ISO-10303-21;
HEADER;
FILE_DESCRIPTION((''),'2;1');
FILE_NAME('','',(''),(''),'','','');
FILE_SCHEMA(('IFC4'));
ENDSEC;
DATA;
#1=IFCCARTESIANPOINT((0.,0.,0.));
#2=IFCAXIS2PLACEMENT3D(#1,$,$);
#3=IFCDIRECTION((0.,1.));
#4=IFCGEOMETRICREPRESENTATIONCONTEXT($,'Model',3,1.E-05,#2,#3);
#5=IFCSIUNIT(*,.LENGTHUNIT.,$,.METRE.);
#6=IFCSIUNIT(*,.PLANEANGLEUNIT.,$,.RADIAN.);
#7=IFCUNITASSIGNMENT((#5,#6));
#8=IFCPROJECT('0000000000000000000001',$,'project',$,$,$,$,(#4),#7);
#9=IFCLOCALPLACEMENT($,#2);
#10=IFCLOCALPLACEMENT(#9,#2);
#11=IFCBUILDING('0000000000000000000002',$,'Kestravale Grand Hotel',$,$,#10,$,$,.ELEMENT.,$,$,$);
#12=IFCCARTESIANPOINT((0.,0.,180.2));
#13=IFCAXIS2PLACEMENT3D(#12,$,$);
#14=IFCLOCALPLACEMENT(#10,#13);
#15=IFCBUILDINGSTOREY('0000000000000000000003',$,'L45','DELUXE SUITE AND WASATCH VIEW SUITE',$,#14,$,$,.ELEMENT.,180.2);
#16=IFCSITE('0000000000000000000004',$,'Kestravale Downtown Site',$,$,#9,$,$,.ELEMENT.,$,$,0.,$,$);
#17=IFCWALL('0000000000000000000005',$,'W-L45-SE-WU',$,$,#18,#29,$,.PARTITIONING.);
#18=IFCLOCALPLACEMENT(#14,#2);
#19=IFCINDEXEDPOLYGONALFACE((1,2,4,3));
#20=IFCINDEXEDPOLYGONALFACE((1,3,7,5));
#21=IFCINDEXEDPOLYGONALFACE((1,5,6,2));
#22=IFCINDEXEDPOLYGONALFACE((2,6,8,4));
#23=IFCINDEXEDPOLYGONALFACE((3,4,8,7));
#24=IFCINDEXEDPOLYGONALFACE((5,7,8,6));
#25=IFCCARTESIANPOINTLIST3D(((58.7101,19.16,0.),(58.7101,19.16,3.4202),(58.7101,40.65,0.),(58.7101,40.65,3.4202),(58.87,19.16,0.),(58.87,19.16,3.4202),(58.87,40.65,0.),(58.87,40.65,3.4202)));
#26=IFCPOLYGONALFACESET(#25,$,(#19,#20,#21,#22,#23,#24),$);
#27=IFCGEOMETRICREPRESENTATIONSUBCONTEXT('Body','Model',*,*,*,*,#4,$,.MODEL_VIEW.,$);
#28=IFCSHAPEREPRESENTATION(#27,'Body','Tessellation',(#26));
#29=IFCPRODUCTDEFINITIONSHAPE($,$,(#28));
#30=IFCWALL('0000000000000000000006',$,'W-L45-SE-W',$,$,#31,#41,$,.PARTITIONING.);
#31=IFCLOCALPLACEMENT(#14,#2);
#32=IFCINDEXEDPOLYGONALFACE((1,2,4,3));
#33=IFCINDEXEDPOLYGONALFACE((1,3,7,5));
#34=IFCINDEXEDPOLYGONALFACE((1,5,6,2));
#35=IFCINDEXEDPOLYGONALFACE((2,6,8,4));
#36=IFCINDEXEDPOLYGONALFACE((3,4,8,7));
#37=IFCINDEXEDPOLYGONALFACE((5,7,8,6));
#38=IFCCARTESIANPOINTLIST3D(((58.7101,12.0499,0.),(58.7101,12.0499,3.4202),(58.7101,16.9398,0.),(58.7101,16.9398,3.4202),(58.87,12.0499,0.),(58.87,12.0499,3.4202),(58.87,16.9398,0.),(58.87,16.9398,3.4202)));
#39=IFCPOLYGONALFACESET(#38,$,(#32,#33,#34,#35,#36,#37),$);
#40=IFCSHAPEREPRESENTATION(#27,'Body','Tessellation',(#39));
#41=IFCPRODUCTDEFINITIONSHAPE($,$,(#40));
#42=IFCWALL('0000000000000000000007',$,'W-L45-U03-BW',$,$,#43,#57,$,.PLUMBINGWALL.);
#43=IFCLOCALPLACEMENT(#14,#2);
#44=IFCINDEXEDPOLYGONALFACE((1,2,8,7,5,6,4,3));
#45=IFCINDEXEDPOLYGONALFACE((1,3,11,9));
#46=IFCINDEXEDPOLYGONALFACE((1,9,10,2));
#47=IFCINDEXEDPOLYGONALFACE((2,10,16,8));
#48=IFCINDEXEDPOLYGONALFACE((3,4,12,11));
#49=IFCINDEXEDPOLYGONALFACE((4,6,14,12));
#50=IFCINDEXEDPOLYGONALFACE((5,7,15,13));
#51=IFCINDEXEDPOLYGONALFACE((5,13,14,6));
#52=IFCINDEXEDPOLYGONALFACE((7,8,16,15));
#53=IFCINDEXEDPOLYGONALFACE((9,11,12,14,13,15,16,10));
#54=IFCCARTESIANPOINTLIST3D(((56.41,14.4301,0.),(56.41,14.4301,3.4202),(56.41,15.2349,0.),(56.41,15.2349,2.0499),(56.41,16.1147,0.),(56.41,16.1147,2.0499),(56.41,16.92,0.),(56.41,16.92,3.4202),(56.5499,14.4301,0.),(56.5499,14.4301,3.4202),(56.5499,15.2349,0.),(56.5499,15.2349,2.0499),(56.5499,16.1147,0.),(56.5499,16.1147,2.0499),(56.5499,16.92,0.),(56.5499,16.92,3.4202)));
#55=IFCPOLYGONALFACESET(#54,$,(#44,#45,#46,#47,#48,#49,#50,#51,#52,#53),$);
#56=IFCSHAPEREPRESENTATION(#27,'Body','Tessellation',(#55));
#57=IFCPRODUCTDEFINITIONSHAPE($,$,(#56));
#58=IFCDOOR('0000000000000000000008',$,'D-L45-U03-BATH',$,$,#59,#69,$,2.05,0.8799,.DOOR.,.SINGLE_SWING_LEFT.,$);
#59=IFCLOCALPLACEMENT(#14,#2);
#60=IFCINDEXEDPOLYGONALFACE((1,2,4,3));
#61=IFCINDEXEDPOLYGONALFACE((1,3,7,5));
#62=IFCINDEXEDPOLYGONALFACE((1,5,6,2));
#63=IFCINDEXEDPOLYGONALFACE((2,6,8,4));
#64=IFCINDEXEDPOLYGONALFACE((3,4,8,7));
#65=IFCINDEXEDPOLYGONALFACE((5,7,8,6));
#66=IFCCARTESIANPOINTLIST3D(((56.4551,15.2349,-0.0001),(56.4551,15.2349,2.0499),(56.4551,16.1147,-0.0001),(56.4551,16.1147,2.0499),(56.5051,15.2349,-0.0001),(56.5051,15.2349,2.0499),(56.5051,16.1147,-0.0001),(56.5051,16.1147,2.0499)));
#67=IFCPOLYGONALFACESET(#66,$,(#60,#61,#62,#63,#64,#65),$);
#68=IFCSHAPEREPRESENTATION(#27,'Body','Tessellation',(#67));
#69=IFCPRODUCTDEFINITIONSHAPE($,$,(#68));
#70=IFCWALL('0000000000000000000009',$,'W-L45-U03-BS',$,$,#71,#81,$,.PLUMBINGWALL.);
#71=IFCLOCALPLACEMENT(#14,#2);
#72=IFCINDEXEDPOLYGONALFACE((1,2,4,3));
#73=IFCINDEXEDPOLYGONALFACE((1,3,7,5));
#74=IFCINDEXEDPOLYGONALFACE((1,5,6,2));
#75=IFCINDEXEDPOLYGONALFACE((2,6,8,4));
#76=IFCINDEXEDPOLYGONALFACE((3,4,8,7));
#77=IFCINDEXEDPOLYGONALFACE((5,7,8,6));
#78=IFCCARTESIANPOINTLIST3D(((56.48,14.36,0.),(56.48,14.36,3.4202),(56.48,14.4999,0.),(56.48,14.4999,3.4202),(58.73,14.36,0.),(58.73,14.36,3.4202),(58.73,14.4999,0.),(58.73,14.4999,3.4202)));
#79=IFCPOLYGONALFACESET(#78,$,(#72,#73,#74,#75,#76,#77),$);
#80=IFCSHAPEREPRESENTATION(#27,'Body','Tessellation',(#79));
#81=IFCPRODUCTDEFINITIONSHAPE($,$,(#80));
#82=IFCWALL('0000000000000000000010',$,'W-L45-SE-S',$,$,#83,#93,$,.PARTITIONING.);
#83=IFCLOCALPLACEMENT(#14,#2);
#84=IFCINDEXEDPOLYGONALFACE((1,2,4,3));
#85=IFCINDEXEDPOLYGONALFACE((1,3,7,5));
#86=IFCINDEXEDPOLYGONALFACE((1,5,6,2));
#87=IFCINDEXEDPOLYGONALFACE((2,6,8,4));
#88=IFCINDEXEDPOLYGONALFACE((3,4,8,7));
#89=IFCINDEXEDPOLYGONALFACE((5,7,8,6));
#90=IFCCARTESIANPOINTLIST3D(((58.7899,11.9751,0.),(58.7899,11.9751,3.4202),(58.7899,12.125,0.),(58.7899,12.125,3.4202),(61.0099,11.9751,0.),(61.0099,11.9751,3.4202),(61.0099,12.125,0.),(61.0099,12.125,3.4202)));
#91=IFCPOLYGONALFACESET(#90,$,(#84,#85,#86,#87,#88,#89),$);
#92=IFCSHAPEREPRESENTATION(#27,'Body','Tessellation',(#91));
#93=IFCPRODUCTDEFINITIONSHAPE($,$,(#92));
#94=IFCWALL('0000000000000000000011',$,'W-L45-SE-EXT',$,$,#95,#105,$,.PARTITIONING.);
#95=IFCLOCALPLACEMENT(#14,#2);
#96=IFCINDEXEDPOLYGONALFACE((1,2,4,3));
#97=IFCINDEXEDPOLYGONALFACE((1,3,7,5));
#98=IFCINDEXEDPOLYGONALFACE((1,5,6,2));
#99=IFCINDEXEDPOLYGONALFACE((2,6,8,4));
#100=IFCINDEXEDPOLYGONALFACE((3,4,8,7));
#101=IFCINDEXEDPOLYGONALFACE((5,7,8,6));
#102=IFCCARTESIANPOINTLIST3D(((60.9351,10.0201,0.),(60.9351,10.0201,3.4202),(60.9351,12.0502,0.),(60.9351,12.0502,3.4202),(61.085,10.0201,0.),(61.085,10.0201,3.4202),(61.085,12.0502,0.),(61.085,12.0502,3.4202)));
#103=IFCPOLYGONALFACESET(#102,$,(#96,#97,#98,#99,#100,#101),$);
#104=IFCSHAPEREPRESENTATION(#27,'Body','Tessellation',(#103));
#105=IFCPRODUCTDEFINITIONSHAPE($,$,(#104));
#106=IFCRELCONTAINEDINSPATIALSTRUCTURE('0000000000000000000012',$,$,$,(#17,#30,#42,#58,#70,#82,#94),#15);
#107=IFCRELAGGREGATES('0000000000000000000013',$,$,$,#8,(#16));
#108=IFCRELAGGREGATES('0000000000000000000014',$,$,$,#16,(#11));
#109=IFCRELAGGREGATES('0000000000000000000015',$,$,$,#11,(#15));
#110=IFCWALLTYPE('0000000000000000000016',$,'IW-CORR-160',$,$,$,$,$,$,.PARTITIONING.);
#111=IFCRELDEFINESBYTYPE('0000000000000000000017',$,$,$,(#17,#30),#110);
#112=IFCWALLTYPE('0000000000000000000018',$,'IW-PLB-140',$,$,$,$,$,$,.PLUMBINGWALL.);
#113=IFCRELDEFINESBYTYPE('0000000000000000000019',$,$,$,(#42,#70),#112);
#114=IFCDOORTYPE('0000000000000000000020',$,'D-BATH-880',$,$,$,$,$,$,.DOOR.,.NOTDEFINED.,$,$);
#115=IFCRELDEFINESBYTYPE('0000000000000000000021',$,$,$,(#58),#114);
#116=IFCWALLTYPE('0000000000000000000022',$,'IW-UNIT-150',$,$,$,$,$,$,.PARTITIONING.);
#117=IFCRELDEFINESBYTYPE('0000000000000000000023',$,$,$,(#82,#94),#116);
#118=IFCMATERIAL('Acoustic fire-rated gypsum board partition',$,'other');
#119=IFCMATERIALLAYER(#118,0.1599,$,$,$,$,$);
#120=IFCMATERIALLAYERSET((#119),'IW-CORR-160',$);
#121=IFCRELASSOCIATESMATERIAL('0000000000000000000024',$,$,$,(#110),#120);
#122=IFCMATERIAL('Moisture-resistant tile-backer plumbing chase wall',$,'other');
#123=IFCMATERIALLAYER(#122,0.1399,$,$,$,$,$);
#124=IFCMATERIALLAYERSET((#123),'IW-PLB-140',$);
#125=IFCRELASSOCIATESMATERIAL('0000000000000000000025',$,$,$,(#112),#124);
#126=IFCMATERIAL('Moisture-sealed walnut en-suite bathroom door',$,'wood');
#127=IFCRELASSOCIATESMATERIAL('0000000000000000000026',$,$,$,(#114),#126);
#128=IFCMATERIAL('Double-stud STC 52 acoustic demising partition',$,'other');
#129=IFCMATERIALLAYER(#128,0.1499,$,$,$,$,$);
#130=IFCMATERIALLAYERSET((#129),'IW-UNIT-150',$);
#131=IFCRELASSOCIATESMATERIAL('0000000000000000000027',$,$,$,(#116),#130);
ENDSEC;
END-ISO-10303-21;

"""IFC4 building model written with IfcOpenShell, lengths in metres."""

from ifc_helpers import new_model, si_unit, direction, frame, frame_2d, origin, place, context, subcontext, project, spatial, rectangle, extrude, material, layer, layer_set, type_object, element, fill, save


model = new_model("IFC4")

# Units and contexts
model_context = context("Model", 3, precision=1e-05, world=origin(), true_north=direction((0.0, 1.0)))
body_context = subcontext(model_context, "Body", "Model", "MODEL_VIEW")
ifc_project = project(units=[si_unit("LENGTHUNIT", "METRE"), si_unit("PLANEANGLEUNIT", "RADIAN")], contexts=[model_context])

# Site, building, storey
site_placement = place(None, origin())
site = spatial("IfcSite", under=ifc_project, at=site_placement, Name="Kestravale Downtown Site", CompositionType="ELEMENT", RefElevation=0.0)
building_placement = place(site_placement, origin())
building = spatial("IfcBuilding", under=site, at=building_placement, Name="Kestravale Grand Hotel", CompositionType="ELEMENT")
storey_placement = place(building_placement, frame((0.0, 0.0, 180.2)))
storey = spatial("IfcBuildingStorey", under=building, at=storey_placement, Name="L45", Description="DELUXE SUITE AND WASATCH VIEW SUITE", CompositionType="ELEMENT", Elevation=180.2)

# Shared definitions
ifc_material_1 = material(Name="Acoustic fire-rated gypsum board partition", Category="other")
ifc_layer_1 = layer(ifc_material_1, 0.1599)
ifc_layer_set_1 = layer_set([ifc_layer_1], Name="IW-CORR-160")
wall_type_1 = type_object("IfcWallType", Name="IW-CORR-160", PredefinedType="PARTITIONING", material=ifc_layer_set_1)

# Walls
wall_1_placement = place(storey_placement, frame((58.79, 19.1599, 0.0), z_axis=(0.0, 0.0, 1.0), x_axis=(0.0, 1.0, 0.0)))
element("IfcWall", 1, at=wall_1_placement, inside=storey, type_object=wall_type_1, Name="W-L45-SE-WU", PredefinedType="PARTITIONING", context=body_context, shape_type="SweptSolid", body=[
    extrude(rectangle(XDim=21.49, YDim=0.1599, at=frame_2d((10.7451, 0.0))), origin(), (0.0, 0.0, 1.0), 3.4202),
])
wall_2_placement = place(storey_placement, frame((58.79, 12.05, 0.0), z_axis=(0.0, 0.0, 1.0), x_axis=(0.0, 1.0, 0.0)))
element("IfcWall", 2, at=wall_2_placement, inside=storey, type_object=wall_type_1, Name="W-L45-SE-W", PredefinedType="PARTITIONING", context=body_context, shape_type="SweptSolid", body=[
    extrude(rectangle(XDim=4.8899, YDim=0.1599, at=frame_2d((2.4448, 0.0))), origin(), (0.0, 0.0, 1.0), 3.4202),
])

# Wall, opening, door
ifc_material_2 = material(Name="Moisture-resistant tile-backer plumbing chase wall", Category="other")
ifc_layer_2 = layer(ifc_material_2, 0.1399)
ifc_layer_set_2 = layer_set([ifc_layer_2], Name="IW-PLB-140")
wall_type_2 = type_object("IfcWallType", Name="IW-PLB-140", PredefinedType="PLUMBINGWALL", material=ifc_layer_set_2)
wall_3_placement = place(storey_placement, frame((56.48, 14.4299, 0.0), z_axis=(0.0, 0.0, 1.0), x_axis=(0.0, 1.0, 0.0)))
wall_3 = element("IfcWall", 3, at=wall_3_placement, inside=storey, type_object=wall_type_2, Name="W-L45-U03-BW", PredefinedType="PLUMBINGWALL", context=body_context, shape_type="SweptSolid", body=[
    extrude(rectangle(XDim=2.49, YDim=0.1399, at=frame_2d((1.2451, 0.0))), origin(), (0.0, 0.0, 1.0), 3.4202),
])
opening_1_placement = place(wall_3_placement, frame((0.8049, 0.0, 0.0)))
opening_1 = element("IfcOpeningElement", 4, at=opening_1_placement, cuts=wall_3, PredefinedType="OPENING", context=body_context, shape_type="SweptSolid", body=[
    extrude(rectangle(XDim=0.8799, YDim=2.05, at=frame_2d((0.4399, 1.0249))), frame((0.0, 0.0798, 0.0), z_axis=(0.0, -1.0, 0.0), x_axis=(1.0, 0.0, 0.0)), (0.0, 0.0, 1.0), 0.1599),
])
ifc_material_3 = material(Name="Moisture-sealed walnut en-suite bathroom door", Category="wood")
door_type_1 = type_object("IfcDoorType", Name="D-BATH-880", OperationType="NOTDEFINED", PredefinedType="DOOR", material=ifc_material_3)
door_1_placement = place(opening_1_placement, origin())
door_1 = element("IfcDoor", 5, at=door_1_placement, inside=storey, type_object=door_type_1, Name="D-L45-U03-BATH", OperationType="SINGLE_SWING_LEFT", OverallHeight=2.05, OverallWidth=0.8799, PredefinedType="DOOR", context=body_context, shape_type="SweptSolid", body=[
    extrude(rectangle(XDim=0.8799, YDim=2.05, at=frame_2d((0.4399, 1.0249))), frame((0.0, 0.0249, 0.0), z_axis=(0.0, -1.0, 0.0), x_axis=(1.0, 0.0, 0.0)), (0.0, 0.0, 1.0), 0.05),
])
fill(opening_1, door_1)

# Walls
wall_4_placement = place(storey_placement, frame((56.48, 14.4299, 0.0), z_axis=(0.0, 0.0, 1.0), x_axis=(1.0, 0.0, 0.0)))
element("IfcWall", 6, at=wall_4_placement, inside=storey, type_object=wall_type_2, Name="W-L45-U03-BS", PredefinedType="PLUMBINGWALL", context=body_context, shape_type="SweptSolid", body=[
    extrude(rectangle(XDim=2.25, YDim=0.1399, at=frame_2d((1.125, 0.0))), origin(), (0.0, 0.0, 1.0), 3.4202),
])
ifc_material_4 = material(Name="Double-stud STC 52 acoustic demising partition", Category="other")
ifc_layer_3 = layer(ifc_material_4, 0.1499)
ifc_layer_set_3 = layer_set([ifc_layer_3], Name="IW-UNIT-150")
wall_type_3 = type_object("IfcWallType", Name="IW-UNIT-150", PredefinedType="PARTITIONING", material=ifc_layer_set_3)
wall_5_placement = place(storey_placement, frame((58.79, 12.05, 0.0), z_axis=(0.0, 0.0, 1.0), x_axis=(1.0, 0.0, 0.0)))
element("IfcWall", 7, at=wall_5_placement, inside=storey, type_object=wall_type_3, Name="W-L45-SE-S", PredefinedType="PARTITIONING", context=body_context, shape_type="SweptSolid", body=[
    extrude(rectangle(XDim=2.22, YDim=0.1499, at=frame_2d((1.1099, 0.0))), origin(), (0.0, 0.0, 1.0), 3.4202),
])
wall_6_placement = place(storey_placement, frame((61.01, 10.02, 0.0), z_axis=(0.0, 0.0, 1.0), x_axis=(0.0, 1.0, 0.0)))
element("IfcWall", 8, at=wall_6_placement, inside=storey, type_object=wall_type_3, Name="W-L45-SE-EXT", PredefinedType="PARTITIONING", context=body_context, shape_type="SweptSolid", body=[
    extrude(rectangle(XDim=2.03, YDim=0.1499, at=frame_2d((1.0151, 0.0))), origin(), (0.0, 0.0, 1.0), 3.4202),
])

save(model, "model.ifc")
